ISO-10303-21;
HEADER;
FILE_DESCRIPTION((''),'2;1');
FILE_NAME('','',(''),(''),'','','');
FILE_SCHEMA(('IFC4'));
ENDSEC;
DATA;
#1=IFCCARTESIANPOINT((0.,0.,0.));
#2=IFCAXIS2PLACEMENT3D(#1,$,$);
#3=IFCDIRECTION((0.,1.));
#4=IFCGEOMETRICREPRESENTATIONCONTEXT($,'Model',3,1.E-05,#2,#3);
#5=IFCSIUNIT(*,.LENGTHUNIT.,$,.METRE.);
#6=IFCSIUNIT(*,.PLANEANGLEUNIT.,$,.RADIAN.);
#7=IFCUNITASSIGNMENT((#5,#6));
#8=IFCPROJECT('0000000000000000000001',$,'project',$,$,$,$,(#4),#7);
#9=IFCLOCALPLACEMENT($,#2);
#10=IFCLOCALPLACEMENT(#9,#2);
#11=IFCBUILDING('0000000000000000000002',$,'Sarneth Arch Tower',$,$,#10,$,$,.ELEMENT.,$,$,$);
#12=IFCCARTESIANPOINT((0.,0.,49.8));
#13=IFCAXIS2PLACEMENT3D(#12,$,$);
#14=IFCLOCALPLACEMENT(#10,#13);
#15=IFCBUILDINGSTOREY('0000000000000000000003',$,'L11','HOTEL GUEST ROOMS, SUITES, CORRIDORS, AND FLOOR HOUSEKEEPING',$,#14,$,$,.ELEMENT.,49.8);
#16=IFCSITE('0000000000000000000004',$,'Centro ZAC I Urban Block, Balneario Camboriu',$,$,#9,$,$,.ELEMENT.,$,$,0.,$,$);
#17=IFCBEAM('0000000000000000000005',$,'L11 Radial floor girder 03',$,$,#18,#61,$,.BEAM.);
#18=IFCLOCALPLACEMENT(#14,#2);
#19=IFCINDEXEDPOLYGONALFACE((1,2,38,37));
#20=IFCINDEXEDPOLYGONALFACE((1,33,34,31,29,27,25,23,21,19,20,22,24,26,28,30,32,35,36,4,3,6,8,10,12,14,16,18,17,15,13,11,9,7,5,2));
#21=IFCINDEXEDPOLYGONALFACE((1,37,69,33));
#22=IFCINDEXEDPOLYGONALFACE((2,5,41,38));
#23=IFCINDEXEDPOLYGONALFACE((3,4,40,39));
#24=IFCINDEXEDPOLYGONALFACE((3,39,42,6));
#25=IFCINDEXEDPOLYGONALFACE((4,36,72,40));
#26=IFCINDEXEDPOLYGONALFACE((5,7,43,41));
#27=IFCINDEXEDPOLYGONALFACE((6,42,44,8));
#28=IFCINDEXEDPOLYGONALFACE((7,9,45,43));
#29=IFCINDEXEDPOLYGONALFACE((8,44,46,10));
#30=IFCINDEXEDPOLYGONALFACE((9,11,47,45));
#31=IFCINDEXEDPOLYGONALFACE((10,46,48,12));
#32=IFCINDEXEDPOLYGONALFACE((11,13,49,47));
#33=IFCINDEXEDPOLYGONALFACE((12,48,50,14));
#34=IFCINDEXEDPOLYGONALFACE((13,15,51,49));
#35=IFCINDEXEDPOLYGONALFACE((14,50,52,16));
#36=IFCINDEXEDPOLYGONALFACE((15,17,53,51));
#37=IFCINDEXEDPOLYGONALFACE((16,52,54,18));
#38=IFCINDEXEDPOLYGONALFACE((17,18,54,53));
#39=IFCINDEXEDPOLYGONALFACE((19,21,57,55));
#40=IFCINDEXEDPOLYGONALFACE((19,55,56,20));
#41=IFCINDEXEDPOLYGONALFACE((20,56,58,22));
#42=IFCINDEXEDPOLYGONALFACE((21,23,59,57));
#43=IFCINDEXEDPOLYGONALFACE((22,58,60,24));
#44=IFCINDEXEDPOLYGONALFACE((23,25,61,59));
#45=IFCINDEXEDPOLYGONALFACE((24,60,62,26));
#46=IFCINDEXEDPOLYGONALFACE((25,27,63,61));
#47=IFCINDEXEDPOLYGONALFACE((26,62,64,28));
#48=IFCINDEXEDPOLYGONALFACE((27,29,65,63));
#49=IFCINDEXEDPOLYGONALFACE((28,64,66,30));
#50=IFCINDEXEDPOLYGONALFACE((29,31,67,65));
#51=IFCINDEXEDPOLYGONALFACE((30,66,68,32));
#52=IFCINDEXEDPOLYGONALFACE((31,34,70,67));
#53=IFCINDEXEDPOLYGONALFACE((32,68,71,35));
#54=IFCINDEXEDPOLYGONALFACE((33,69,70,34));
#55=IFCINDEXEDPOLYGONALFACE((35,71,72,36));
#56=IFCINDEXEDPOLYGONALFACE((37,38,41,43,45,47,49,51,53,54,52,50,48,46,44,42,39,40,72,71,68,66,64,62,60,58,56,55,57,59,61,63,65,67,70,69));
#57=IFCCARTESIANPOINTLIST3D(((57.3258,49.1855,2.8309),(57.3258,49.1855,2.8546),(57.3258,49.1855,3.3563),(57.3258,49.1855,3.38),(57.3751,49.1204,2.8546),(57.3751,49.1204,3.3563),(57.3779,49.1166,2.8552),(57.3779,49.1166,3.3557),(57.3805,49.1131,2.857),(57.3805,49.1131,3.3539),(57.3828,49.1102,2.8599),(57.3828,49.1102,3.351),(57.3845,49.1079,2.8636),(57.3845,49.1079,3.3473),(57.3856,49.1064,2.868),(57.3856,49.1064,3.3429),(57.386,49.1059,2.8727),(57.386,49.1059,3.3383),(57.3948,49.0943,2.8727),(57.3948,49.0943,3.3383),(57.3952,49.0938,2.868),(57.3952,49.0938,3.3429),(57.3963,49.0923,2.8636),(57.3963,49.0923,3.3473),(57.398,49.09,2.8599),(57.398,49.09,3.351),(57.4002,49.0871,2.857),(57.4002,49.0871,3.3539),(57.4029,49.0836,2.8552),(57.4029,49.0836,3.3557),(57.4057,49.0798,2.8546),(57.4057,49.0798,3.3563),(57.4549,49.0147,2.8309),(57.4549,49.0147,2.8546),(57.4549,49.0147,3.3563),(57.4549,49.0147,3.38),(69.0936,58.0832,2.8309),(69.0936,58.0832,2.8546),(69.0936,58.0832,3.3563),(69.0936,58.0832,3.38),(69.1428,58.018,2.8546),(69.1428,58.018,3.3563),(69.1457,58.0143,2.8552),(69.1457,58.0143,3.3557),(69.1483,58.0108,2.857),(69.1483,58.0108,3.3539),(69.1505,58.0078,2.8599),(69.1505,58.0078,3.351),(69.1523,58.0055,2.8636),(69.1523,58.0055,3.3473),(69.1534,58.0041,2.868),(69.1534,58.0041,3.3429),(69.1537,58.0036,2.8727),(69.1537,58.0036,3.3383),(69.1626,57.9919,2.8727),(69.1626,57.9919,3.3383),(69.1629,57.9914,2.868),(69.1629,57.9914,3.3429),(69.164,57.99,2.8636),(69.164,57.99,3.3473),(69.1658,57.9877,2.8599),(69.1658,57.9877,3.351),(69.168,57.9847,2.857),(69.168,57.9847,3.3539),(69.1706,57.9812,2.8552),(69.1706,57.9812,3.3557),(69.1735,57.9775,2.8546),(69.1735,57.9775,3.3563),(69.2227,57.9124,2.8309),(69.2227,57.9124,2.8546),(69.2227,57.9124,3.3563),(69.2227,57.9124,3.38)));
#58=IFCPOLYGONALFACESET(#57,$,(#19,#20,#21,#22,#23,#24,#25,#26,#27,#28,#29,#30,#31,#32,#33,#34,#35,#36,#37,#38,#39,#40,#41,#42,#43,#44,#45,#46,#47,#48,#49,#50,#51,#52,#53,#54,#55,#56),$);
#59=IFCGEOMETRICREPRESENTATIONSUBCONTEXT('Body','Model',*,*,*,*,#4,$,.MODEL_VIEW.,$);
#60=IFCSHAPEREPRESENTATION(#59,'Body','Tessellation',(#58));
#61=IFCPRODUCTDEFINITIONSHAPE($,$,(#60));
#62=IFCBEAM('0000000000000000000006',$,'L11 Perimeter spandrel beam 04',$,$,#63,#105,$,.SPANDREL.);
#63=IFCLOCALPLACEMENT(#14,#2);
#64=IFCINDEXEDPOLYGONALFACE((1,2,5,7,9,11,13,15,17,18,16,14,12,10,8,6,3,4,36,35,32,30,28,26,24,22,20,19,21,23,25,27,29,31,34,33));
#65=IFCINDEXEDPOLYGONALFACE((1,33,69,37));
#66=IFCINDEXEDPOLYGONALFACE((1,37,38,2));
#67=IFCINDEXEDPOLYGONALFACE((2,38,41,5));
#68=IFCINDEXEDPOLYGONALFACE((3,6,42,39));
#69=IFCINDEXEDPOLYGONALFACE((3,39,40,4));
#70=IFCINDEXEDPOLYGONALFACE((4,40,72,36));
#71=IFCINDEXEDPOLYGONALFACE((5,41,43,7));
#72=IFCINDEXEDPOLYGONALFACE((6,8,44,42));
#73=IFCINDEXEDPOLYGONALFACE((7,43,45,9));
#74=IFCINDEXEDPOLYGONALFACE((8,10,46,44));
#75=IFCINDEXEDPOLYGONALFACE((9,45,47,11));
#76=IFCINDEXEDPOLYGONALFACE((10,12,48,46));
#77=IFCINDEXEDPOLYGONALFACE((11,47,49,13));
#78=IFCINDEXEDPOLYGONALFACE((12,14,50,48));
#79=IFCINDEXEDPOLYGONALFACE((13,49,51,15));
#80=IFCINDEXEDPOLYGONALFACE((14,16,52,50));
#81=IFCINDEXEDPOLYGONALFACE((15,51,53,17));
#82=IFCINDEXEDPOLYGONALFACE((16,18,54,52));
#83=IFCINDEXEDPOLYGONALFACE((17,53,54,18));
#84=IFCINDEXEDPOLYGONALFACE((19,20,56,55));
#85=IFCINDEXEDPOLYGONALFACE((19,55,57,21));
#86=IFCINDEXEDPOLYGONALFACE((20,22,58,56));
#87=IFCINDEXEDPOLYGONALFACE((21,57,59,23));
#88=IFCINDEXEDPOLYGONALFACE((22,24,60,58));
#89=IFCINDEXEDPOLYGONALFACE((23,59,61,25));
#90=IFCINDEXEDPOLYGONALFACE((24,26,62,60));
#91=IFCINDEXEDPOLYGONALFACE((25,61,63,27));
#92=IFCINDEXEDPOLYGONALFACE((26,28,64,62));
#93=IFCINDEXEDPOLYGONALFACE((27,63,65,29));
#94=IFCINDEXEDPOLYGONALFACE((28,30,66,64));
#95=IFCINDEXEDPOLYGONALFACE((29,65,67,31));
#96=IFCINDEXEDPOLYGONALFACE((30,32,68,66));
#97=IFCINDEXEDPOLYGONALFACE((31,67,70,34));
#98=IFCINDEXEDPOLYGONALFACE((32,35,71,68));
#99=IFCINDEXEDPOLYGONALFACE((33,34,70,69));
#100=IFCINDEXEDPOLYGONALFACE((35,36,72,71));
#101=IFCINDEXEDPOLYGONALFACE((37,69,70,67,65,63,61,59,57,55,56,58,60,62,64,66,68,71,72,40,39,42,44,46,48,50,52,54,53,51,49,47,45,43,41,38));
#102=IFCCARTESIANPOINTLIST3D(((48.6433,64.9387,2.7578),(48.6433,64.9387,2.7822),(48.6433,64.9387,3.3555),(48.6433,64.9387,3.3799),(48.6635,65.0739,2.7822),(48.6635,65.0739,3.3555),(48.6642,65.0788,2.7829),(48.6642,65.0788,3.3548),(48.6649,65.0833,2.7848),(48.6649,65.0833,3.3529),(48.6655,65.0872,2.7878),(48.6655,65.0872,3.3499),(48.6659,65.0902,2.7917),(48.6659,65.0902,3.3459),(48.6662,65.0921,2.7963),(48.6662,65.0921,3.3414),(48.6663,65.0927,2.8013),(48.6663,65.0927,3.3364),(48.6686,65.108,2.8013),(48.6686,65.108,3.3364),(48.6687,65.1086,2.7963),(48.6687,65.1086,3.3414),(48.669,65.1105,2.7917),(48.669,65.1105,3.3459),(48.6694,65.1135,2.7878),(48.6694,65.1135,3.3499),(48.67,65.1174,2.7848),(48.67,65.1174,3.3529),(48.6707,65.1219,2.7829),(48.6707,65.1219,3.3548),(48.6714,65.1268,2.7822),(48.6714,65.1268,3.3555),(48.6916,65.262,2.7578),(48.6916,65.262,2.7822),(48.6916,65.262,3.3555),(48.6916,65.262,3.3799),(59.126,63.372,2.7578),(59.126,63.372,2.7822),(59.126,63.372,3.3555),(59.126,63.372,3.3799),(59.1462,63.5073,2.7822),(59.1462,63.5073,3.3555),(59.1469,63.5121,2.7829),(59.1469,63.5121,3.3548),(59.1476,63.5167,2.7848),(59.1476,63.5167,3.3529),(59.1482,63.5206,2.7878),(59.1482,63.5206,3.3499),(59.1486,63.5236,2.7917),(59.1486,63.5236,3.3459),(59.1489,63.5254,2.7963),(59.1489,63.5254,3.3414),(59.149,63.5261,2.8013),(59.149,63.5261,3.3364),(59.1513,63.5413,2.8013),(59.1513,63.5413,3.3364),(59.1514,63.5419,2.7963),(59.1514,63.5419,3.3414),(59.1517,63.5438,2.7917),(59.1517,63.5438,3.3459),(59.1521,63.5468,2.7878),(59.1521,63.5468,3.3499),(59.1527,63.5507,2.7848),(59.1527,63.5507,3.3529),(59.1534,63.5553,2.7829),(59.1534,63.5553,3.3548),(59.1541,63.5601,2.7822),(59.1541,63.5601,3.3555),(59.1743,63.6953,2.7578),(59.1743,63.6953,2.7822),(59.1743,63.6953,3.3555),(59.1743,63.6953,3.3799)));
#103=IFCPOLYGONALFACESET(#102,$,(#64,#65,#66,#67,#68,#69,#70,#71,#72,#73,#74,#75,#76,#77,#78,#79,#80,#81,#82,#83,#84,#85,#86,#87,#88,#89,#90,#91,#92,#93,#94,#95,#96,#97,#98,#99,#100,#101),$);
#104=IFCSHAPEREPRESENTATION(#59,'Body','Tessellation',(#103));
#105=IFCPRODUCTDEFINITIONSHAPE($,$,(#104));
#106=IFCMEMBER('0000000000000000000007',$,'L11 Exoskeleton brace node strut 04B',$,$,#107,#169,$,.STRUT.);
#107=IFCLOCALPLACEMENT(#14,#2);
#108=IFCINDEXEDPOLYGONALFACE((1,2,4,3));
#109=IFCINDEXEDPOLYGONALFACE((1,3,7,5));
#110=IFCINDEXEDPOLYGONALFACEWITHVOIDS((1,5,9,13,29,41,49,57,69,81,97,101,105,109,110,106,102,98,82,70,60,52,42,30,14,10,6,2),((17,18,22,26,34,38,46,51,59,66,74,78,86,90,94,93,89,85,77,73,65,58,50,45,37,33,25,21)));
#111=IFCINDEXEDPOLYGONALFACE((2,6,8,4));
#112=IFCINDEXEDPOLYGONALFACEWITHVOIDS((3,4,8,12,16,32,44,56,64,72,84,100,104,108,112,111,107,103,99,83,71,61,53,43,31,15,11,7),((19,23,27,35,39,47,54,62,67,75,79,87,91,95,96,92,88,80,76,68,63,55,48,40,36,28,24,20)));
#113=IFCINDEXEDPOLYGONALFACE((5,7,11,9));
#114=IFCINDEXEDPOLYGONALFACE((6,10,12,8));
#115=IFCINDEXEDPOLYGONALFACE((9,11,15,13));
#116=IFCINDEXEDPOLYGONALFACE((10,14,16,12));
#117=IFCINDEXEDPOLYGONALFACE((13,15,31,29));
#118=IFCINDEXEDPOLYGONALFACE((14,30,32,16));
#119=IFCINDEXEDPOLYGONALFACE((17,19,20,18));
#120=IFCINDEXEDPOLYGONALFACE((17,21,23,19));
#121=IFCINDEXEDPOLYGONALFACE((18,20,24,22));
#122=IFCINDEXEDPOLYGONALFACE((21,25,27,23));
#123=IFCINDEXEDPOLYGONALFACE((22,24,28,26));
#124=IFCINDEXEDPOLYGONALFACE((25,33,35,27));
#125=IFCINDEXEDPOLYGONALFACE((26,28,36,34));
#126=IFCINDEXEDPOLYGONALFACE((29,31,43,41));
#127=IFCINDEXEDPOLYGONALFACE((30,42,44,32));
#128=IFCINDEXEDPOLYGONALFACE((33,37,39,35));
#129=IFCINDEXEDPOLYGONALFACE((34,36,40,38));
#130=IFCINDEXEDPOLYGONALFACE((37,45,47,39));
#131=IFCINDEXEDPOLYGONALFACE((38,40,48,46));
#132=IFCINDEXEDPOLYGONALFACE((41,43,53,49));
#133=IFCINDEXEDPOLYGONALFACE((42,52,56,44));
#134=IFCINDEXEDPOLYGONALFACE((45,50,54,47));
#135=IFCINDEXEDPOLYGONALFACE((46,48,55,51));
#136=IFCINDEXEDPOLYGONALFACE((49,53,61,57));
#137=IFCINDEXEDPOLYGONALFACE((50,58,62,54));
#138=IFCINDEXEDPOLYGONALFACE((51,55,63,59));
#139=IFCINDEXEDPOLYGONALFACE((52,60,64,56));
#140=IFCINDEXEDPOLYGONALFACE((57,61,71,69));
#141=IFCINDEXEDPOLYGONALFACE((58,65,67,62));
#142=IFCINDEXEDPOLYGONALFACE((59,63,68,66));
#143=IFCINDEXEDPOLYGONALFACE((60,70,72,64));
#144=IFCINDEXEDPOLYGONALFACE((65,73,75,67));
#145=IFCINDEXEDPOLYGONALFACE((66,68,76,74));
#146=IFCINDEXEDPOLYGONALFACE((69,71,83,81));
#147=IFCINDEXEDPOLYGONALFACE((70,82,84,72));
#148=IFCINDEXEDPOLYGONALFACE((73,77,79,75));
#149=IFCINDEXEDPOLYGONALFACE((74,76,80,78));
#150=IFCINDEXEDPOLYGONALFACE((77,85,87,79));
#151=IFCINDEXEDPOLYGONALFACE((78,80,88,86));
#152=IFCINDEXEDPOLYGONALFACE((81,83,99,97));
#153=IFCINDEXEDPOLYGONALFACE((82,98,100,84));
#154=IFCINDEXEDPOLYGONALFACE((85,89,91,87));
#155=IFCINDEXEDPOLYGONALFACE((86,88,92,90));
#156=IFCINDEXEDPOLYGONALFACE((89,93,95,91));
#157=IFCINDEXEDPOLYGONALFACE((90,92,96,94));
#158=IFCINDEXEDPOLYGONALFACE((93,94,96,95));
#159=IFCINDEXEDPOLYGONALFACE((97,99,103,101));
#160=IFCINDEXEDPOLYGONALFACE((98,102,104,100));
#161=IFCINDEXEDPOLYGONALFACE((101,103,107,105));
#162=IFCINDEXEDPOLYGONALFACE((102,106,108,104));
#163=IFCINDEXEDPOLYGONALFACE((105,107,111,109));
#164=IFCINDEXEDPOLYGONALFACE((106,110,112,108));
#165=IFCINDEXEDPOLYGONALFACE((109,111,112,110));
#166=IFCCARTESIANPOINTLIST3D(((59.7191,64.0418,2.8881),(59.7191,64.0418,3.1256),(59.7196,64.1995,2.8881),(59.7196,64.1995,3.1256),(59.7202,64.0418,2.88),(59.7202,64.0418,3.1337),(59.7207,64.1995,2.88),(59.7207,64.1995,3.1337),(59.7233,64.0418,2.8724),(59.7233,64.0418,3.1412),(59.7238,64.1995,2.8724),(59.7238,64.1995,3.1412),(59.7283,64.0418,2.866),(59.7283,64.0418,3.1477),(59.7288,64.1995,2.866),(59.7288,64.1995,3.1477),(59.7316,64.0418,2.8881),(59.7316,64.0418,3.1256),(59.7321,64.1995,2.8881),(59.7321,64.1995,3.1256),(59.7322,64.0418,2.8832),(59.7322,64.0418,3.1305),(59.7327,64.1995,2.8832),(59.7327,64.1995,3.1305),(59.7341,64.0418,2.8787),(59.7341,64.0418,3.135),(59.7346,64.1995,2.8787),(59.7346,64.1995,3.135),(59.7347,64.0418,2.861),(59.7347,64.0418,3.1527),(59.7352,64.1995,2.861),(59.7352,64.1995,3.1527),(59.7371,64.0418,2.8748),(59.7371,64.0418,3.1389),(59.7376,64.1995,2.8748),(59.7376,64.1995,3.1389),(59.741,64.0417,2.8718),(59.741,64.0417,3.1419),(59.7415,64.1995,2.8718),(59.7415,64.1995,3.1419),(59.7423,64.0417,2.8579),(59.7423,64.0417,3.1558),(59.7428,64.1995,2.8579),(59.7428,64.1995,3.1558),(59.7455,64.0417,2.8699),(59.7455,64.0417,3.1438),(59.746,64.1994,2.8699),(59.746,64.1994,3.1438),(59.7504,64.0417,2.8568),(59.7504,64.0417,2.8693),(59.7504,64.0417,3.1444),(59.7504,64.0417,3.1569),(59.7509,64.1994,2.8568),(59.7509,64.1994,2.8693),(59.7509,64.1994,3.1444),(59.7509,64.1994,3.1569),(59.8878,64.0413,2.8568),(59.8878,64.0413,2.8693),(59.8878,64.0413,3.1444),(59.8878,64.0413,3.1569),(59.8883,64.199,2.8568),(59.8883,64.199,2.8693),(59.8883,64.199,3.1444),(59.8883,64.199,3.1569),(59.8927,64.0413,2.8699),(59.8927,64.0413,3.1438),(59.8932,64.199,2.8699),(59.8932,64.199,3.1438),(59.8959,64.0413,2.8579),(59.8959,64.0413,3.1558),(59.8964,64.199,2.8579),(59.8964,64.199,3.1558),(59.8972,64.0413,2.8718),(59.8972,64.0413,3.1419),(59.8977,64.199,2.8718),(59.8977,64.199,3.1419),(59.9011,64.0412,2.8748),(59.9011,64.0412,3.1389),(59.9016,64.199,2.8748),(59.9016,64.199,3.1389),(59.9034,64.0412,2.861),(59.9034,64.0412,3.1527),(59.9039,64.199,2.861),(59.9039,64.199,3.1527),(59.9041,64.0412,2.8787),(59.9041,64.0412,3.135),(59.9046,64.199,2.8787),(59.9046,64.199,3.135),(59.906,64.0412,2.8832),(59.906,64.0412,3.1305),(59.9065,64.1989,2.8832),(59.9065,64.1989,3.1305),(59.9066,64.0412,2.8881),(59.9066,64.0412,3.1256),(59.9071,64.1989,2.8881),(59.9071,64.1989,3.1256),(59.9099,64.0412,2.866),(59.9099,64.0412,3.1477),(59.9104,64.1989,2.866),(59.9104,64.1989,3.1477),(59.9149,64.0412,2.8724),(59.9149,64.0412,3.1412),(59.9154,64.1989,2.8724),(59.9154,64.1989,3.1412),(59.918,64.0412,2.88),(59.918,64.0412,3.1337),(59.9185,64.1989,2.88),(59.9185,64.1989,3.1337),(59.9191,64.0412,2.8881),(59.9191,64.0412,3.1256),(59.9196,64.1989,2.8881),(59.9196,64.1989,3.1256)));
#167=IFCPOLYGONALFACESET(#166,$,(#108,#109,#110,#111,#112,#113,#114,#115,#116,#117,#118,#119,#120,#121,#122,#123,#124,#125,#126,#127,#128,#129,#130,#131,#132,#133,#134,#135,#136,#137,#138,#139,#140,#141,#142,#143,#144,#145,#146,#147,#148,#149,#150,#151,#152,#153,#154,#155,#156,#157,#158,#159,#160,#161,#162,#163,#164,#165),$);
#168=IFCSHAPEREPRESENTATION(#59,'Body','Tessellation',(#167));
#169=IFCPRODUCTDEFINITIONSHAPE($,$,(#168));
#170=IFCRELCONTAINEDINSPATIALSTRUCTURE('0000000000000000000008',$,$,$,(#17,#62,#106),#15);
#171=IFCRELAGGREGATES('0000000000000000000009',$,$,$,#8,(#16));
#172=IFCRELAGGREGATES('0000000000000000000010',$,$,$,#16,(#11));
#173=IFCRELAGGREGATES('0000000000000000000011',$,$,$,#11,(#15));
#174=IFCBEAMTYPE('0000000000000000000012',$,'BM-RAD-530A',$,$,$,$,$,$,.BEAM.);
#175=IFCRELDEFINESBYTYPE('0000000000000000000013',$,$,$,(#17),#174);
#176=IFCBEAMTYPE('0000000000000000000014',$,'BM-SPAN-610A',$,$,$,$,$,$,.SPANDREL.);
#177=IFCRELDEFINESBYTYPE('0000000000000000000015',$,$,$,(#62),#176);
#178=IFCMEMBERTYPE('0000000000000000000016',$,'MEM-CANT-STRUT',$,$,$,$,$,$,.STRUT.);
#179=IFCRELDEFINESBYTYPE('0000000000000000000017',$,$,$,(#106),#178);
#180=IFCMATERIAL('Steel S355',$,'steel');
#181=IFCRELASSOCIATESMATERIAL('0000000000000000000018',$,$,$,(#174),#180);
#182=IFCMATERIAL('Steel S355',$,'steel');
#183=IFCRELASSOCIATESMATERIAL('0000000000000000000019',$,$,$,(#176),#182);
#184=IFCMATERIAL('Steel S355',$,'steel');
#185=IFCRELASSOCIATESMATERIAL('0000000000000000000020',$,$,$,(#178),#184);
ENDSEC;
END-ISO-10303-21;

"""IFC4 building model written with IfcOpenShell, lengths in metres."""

from ifc_helpers import new_model, si_unit, direction, frame, origin, origin_2d, place, context, subcontext, project, spatial, hollow_rectangle, i_section, extrude, material, material_profile, profile_set, type_object, element, save


model = new_model("IFC4")

# Units and contexts
model_context = context("Model", 3, precision=1e-05, world=origin(), true_north=direction((0.0, 1.0)))
body_context = subcontext(model_context, "Body", "Model", "MODEL_VIEW")
ifc_project = project(units=[si_unit("LENGTHUNIT", "METRE"), si_unit("PLANEANGLEUNIT", "RADIAN")], contexts=[model_context])

# Site, building, storey
site_placement = place(None, origin())
site = spatial("IfcSite", under=ifc_project, at=site_placement, Name="Centro ZAC I Urban Block, Balneario Camboriu", CompositionType="ELEMENT", RefElevation=0.0)
building_placement = place(site_placement, origin())
building = spatial("IfcBuilding", under=site, at=building_placement, Name="Sarneth Arch Tower", CompositionType="ELEMENT")
storey_placement = place(building_placement, frame((0.0, 0.0, 49.8)))
storey = spatial("IfcBuildingStorey", under=building, at=storey_placement, Name="L11", Description="HOTEL GUEST ROOMS, SUITES, CORRIDORS, AND FLOOR HOUSEKEEPING", CompositionType="ELEMENT", Elevation=49.8)

# Beams
ifc_material_1 = material(Name="Steel S355", Category="steel")
ifc_material_profile_1 = material_profile(ifc_material_1, i_section(OverallWidth=0.2141, OverallDepth=0.5491, WebThickness=0.0146, FlangeThickness=0.0237, FilletRadius=0.0181, at=origin_2d()), Name="W530x138")
ifc_profile_set_1 = profile_set([ifc_material_profile_1], Name="Steel S355")
beam_type_1 = type_object("IfcBeamType", Name="BM-RAD-530A", PredefinedType="BEAM", material=ifc_profile_set_1)
beam_1_placement = place(storey_placement, frame((57.3904, 49.1001, 3.1055), z_axis=(0.797657, 0.603112, 0.0), x_axis=(-0.603112, 0.797657, 0.0)))
element("IfcBeam", 1, at=beam_1_placement, inside=storey, type_object=beam_type_1, Name="L11 Radial floor girder 03", PredefinedType="BEAM", context=body_context, shape_type="SweptSolid", body=[
    extrude(i_section(OverallWidth=0.2141, OverallDepth=0.5491, WebThickness=0.0146, FlangeThickness=0.0237, FilletRadius=0.0181, at=origin_2d()), origin(), (0.0, 0.0, 1.0), 14.7529),
])
ifc_material_2 = material(Name="Steel S355", Category="steel")
ifc_material_profile_2 = material_profile(ifc_material_2, i_section(OverallWidth=0.3269, OverallDepth=0.6221, WebThickness=0.0154, FlangeThickness=0.0244, FilletRadius=0.019, at=origin_2d()), Name="W610x195")
ifc_profile_set_2 = profile_set([ifc_material_profile_2], Name="Steel S355")
beam_type_2 = type_object("IfcBeamType", Name="BM-SPAN-610A", PredefinedType="SPANDREL", material=ifc_profile_set_2)
beam_2_placement = place(storey_placement, frame((59.1501, 63.5337, 3.0688), z_axis=(-0.989016, 0.14781, 0.0), x_axis=(-0.14781, -0.989016, 0.0)))
element("IfcBeam", 2, at=beam_2_placement, inside=storey, type_object=beam_type_2, Name="L11 Perimeter spandrel beam 04", PredefinedType="SPANDREL", context=body_context, shape_type="SweptSolid", body=[
    extrude(i_section(OverallWidth=0.3269, OverallDepth=0.6221, WebThickness=0.0154, FlangeThickness=0.0244, FilletRadius=0.019, at=origin_2d()), origin(), (0.0, 0.0, 1.0), 10.5991),
])

# Member
ifc_material_3 = material(Name="Steel S355", Category="steel")
ifc_material_profile_3 = material_profile(ifc_material_3, hollow_rectangle(XDim=0.2, YDim=0.3, WallThickness=0.0125, InnerFilletRadius=0.0188, OuterFilletRadius=0.0312, at=origin_2d()), Name="RHS300x200x12.5")
ifc_profile_set_3 = profile_set([ifc_material_profile_3], Name="Steel S355")
member_type_1 = type_object("IfcMemberType", Name="MEM-CANT-STRUT", PredefinedType="STRUT", material=ifc_profile_set_3)
member_1_placement = place(storey_placement, frame((59.8191, 64.0415, 3.0068), z_axis=(0.003096, 0.999995, 0.0), x_axis=(-0.999995, 0.003096, 0.0)))
element("IfcMember", 3, at=member_1_placement, inside=storey, type_object=member_type_1, Name="L11 Exoskeleton brace node strut 04B", PredefinedType="STRUT", context=body_context, shape_type="SweptSolid", body=[
    extrude(hollow_rectangle(XDim=0.2, YDim=0.3, WallThickness=0.0125, InnerFilletRadius=0.0188, OuterFilletRadius=0.0312, at=origin_2d()), origin(), (0.0, 0.0, 1.0), 0.1577),
])

save(model, "model.ifc")
